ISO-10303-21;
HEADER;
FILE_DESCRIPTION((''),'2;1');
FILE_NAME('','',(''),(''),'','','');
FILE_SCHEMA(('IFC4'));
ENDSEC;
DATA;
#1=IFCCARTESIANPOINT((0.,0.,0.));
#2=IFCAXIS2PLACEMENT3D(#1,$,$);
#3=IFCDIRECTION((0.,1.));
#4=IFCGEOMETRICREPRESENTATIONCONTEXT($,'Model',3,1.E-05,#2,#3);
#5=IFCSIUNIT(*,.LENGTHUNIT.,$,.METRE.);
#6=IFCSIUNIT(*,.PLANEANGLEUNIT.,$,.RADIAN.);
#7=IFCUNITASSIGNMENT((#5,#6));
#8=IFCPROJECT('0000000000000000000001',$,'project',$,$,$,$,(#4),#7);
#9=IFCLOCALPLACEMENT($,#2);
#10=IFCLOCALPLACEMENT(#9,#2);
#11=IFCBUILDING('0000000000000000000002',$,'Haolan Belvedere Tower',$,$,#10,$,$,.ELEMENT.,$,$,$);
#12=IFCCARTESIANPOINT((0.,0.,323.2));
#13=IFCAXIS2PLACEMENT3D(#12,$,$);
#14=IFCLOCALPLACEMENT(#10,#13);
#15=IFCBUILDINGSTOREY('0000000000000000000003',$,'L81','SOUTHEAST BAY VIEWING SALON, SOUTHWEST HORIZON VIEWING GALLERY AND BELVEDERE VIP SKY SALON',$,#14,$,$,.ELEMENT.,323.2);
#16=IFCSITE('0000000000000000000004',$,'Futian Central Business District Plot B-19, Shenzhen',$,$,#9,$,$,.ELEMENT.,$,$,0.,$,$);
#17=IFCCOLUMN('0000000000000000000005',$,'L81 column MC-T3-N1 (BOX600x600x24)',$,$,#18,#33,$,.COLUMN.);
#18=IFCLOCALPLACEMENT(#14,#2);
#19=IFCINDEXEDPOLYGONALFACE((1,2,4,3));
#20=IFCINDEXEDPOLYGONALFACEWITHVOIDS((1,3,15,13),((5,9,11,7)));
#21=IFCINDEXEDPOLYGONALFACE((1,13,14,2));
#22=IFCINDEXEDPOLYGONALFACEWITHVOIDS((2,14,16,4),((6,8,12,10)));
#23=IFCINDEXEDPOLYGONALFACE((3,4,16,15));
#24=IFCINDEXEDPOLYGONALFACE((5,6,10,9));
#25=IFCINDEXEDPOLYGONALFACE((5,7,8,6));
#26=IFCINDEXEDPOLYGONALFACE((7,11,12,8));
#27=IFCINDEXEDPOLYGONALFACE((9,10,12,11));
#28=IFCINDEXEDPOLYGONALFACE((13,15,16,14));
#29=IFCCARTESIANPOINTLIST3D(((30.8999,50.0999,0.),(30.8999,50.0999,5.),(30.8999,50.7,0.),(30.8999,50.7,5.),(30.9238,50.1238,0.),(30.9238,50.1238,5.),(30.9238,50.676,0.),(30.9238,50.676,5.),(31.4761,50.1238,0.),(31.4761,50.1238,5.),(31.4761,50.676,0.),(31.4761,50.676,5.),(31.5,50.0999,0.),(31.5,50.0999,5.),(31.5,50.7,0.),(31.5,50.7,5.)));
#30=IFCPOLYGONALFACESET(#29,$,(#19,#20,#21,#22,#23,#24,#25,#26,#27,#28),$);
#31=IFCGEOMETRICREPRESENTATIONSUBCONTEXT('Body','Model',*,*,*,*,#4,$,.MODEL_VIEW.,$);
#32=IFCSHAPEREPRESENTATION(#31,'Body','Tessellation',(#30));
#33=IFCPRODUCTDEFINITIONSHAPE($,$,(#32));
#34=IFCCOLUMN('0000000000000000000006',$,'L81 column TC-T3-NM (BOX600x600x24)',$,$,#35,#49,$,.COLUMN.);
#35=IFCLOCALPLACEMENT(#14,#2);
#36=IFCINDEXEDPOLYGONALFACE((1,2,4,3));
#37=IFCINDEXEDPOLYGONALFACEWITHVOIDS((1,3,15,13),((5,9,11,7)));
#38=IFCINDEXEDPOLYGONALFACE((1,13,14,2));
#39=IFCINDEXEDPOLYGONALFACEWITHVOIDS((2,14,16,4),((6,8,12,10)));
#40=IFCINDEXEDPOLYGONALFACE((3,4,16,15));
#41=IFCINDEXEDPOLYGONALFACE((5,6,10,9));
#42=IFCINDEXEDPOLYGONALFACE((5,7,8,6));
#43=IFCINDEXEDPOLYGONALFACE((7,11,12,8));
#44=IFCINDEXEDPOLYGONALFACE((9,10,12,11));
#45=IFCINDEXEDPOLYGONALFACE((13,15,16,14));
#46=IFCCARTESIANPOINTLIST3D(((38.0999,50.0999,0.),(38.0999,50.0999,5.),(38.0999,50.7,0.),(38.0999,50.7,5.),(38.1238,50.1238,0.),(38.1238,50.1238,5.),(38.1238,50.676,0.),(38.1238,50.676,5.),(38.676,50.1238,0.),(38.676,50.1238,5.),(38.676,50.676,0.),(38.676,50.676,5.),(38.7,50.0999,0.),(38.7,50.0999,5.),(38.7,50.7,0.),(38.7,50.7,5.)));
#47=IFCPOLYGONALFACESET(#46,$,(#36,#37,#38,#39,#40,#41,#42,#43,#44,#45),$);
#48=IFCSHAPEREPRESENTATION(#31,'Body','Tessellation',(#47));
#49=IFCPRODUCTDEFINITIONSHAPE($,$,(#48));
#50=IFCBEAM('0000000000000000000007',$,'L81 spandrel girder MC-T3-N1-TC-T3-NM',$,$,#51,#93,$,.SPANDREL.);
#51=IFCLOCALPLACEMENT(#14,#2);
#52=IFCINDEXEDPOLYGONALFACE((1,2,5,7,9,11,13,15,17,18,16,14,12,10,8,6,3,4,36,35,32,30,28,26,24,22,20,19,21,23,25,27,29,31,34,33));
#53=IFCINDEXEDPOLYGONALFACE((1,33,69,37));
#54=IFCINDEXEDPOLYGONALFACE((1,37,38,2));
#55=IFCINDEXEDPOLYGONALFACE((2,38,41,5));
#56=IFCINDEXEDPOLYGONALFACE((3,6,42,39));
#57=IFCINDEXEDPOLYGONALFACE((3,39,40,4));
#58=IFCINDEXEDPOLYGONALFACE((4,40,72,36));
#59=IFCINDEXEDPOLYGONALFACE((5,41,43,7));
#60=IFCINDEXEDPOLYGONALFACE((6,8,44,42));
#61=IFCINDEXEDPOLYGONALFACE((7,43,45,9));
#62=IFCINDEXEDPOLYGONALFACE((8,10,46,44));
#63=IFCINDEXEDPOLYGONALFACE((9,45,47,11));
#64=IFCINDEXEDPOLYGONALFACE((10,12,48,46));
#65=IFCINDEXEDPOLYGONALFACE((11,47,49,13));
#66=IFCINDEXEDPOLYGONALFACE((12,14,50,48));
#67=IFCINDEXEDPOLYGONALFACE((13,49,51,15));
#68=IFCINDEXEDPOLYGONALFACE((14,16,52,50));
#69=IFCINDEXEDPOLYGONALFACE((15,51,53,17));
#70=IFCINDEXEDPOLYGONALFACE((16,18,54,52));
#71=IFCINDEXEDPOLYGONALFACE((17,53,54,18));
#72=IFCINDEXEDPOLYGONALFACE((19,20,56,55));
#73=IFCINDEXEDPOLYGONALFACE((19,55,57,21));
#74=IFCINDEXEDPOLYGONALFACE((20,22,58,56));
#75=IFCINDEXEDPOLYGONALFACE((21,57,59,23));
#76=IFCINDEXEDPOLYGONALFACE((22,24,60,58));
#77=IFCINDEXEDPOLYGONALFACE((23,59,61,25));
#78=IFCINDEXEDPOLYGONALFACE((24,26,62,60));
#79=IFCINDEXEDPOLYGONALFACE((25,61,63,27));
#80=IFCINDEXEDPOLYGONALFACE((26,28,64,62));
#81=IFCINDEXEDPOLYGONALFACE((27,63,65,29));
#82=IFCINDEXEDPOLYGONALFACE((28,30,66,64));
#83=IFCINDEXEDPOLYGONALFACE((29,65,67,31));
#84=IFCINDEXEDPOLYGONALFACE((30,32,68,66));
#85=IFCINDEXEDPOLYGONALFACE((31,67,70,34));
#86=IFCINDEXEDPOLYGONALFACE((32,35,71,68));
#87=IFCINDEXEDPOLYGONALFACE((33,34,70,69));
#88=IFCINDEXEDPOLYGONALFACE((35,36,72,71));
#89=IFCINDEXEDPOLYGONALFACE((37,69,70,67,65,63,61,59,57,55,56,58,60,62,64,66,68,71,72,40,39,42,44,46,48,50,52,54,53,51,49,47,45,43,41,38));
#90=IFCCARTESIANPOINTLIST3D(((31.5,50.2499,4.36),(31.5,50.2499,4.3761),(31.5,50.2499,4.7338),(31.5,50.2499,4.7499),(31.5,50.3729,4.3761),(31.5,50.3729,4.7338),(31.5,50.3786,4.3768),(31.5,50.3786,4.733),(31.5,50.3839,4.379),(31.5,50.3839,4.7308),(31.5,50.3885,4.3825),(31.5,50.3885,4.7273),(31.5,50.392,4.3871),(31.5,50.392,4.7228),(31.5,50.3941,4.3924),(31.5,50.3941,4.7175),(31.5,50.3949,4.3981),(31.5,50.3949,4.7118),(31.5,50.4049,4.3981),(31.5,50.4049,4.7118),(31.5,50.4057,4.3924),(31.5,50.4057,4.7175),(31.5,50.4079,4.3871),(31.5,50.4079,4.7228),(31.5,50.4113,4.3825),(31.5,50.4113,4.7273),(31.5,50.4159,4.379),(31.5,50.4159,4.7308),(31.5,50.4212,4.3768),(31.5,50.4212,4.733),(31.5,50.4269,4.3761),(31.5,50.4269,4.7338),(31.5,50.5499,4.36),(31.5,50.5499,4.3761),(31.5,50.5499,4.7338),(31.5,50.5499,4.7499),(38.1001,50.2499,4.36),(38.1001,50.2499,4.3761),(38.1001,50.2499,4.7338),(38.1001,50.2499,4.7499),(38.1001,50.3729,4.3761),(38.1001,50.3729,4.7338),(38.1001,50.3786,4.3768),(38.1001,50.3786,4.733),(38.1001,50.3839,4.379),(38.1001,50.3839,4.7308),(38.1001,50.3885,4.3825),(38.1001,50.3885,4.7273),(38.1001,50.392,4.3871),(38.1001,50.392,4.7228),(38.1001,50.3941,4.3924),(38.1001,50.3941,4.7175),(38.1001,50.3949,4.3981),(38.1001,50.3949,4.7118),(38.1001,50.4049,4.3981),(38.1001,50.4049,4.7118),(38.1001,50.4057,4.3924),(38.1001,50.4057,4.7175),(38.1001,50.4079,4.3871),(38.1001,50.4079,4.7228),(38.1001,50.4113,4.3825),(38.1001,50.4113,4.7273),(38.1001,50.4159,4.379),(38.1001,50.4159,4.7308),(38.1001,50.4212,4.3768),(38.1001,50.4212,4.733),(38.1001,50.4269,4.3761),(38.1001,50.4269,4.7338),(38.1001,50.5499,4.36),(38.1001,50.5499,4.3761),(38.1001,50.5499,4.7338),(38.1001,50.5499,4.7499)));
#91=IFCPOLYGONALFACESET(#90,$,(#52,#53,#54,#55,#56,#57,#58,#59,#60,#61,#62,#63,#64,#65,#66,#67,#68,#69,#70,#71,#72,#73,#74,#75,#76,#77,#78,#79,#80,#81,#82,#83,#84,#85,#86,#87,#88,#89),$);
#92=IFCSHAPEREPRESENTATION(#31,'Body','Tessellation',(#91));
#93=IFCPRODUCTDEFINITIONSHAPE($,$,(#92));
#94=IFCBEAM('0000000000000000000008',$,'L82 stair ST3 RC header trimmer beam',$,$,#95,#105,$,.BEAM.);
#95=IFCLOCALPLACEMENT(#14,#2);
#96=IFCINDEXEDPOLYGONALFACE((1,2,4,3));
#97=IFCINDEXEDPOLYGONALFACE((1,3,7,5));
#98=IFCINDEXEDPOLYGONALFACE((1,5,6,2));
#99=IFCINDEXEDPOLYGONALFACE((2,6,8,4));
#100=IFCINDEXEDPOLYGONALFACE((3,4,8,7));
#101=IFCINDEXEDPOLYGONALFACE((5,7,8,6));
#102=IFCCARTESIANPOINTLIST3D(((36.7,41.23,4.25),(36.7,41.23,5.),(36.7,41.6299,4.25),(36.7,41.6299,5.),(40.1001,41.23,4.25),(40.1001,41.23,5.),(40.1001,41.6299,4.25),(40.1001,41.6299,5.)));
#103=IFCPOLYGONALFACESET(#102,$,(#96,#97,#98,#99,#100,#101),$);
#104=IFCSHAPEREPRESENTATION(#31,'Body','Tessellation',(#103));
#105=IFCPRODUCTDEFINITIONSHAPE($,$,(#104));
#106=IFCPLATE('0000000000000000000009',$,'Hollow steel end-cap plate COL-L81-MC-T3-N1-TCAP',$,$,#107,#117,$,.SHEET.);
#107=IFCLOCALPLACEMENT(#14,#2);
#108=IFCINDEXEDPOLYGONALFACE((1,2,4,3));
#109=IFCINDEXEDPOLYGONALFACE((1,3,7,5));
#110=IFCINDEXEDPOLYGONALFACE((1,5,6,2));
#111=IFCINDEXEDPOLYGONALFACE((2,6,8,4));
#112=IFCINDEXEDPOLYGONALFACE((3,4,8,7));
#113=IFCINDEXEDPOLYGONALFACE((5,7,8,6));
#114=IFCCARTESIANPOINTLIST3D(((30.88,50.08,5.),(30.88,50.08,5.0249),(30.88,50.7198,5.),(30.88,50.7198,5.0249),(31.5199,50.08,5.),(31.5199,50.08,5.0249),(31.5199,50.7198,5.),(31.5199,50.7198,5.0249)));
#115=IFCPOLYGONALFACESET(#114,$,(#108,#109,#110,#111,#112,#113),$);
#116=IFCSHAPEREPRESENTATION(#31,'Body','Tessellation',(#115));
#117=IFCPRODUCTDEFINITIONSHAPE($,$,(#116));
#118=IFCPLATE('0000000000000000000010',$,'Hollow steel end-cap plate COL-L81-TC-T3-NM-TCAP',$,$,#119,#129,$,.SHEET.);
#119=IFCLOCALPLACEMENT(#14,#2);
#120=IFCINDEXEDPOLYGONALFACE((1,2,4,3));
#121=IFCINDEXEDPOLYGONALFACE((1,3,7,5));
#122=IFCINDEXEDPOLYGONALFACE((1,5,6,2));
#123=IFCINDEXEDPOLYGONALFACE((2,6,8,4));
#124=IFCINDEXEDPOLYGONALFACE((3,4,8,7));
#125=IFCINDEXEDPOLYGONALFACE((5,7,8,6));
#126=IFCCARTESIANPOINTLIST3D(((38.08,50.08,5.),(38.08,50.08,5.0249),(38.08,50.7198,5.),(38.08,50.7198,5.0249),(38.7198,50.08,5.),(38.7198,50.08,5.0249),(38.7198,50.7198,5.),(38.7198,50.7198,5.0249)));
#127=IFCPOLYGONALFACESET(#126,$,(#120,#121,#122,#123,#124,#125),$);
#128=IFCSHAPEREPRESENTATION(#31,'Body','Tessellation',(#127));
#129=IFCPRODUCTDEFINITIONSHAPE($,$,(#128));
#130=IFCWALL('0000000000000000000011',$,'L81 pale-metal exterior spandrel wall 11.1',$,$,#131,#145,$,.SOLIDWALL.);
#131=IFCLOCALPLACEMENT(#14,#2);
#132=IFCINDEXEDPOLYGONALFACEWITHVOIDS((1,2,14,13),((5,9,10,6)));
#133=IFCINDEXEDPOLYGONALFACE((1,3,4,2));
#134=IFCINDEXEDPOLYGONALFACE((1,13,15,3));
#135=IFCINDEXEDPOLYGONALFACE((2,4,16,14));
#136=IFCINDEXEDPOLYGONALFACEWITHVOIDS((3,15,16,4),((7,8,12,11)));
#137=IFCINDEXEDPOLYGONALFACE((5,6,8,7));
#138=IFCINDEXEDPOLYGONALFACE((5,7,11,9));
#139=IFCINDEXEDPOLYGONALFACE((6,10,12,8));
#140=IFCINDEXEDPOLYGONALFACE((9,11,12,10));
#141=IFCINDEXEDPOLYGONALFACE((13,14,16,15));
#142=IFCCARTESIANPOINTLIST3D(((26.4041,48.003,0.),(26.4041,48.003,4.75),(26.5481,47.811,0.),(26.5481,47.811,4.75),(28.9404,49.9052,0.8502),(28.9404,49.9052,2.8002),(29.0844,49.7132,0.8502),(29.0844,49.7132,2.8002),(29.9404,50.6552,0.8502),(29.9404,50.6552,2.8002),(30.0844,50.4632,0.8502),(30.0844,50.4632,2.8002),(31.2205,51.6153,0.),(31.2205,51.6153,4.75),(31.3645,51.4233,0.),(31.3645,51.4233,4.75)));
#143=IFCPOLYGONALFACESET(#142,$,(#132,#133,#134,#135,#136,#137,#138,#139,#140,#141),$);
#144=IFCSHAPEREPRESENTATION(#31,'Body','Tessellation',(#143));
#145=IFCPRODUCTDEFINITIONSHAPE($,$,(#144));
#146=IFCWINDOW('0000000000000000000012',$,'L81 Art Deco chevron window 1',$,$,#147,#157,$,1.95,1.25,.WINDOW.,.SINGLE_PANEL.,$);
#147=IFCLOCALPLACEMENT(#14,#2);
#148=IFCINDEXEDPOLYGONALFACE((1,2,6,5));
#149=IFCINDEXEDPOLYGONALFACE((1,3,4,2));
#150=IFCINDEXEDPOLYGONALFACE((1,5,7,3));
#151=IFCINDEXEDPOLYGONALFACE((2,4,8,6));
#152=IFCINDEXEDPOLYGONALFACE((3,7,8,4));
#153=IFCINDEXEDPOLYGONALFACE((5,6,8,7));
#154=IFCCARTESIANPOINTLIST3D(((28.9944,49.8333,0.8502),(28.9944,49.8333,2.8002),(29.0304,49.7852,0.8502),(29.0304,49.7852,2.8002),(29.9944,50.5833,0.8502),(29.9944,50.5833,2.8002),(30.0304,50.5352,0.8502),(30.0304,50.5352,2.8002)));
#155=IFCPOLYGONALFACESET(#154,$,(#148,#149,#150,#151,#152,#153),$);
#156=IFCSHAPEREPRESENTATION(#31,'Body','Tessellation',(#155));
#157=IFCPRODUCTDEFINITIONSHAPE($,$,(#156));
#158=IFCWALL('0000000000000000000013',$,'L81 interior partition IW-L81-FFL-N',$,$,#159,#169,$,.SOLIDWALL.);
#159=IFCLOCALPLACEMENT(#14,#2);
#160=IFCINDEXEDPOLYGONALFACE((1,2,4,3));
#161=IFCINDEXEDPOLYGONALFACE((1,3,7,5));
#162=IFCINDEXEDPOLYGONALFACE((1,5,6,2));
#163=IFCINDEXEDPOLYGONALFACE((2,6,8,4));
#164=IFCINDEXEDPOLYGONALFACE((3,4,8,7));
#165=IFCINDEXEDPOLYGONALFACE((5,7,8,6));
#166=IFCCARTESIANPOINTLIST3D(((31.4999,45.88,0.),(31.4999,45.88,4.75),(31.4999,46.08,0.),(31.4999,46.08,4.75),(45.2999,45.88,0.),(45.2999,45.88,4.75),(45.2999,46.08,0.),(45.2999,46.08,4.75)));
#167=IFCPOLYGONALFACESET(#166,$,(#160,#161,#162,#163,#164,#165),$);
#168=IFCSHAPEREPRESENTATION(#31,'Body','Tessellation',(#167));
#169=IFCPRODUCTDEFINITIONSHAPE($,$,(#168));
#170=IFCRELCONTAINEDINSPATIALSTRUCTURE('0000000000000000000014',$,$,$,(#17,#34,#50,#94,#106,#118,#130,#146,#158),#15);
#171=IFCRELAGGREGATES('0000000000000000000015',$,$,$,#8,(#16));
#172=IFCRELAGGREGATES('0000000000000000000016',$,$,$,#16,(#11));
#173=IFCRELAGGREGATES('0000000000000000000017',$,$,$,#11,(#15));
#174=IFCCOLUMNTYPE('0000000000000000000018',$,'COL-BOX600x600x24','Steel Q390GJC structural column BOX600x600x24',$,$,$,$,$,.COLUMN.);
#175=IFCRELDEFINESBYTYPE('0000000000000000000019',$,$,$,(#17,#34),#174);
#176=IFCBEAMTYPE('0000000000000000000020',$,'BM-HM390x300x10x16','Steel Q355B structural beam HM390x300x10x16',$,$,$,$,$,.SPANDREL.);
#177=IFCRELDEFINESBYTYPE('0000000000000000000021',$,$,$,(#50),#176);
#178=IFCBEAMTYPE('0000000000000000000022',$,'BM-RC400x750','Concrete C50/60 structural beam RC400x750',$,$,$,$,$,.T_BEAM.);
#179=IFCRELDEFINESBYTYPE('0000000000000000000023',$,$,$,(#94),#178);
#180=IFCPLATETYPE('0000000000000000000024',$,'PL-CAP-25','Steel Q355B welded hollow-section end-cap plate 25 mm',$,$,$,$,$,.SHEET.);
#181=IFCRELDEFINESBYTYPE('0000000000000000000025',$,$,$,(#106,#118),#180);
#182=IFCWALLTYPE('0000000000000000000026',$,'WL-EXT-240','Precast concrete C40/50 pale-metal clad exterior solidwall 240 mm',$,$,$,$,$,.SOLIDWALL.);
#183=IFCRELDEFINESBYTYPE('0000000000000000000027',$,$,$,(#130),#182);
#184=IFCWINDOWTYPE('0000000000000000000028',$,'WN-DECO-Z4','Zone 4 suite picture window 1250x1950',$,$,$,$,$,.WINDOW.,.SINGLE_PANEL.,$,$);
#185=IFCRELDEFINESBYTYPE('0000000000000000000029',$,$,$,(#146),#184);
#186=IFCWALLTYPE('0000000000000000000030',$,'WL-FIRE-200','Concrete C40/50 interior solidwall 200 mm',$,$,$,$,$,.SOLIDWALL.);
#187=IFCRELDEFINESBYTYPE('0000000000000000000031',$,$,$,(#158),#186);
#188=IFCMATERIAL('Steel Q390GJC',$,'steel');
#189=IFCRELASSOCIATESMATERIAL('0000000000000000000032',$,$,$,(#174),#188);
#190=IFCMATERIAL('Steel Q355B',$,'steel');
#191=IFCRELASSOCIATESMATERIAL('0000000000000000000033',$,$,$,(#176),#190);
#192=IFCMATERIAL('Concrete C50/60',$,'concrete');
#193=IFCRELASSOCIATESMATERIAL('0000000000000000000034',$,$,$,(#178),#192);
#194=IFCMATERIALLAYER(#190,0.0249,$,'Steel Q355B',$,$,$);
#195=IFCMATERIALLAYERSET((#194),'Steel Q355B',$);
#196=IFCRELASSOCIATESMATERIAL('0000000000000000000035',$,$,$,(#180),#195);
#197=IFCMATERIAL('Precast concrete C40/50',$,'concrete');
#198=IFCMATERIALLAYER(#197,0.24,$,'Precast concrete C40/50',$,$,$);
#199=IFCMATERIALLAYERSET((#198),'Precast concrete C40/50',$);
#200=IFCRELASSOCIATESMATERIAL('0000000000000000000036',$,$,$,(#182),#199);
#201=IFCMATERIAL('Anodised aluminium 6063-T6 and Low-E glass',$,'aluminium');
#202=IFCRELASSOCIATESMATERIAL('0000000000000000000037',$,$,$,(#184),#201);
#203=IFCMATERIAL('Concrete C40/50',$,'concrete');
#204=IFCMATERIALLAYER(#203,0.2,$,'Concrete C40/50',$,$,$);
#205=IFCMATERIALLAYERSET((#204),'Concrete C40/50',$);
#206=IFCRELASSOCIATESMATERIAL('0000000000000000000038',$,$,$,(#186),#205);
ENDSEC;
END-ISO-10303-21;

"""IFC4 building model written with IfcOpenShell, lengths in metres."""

from ifc_helpers import new_model, si_unit, direction, frame, frame_2d, origin, origin_2d, place, context, subcontext, project, spatial, rectangle, hollow_rectangle, i_section, extrude, material, layer, layer_set, material_profile, profile_set, type_object, element, fill, save


model = new_model("IFC4")

# Units and contexts
model_context = context("Model", 3, precision=1e-05, world=origin(), true_north=direction((0.0, 1.0)))
body_context = subcontext(model_context, "Body", "Model", "MODEL_VIEW")
ifc_project = project(units=[si_unit("LENGTHUNIT", "METRE"), si_unit("PLANEANGLEUNIT", "RADIAN")], contexts=[model_context])

# Site, building, storey
site_placement = place(None, origin())
site = spatial("IfcSite", under=ifc_project, at=site_placement, Name="Futian Central Business District Plot B-19, Shenzhen", CompositionType="ELEMENT", RefElevation=0.0)
building_placement = place(site_placement, origin())
building = spatial("IfcBuilding", under=site, at=building_placement, Name="Haolan Belvedere Tower", CompositionType="ELEMENT")
storey_placement = place(building_placement, frame((0.0, 0.0, 323.2)))
storey = spatial("IfcBuildingStorey", under=building, at=storey_placement, Name="L81", Description="SOUTHEAST BAY VIEWING SALON, SOUTHWEST HORIZON VIEWING GALLERY AND BELVEDERE VIP SKY SALON", CompositionType="ELEMENT", Elevation=323.2)

# Columns
ifc_material_1 = material(Name="Steel Q390GJC", Category="steel")
ifc_material_profile_1 = material_profile(ifc_material_1, hollow_rectangle(XDim=0.6001, YDim=0.6001, WallThickness=0.0239, at=origin_2d()), Name="Steel Q390GJC")
ifc_profile_set_1 = profile_set([ifc_material_profile_1], Name="Steel Q390GJC")
column_type = type_object("IfcColumnType", Name="COL-BOX600x600x24", Description="Steel Q390GJC structural column BOX600x600x24", PredefinedType="COLUMN", material=ifc_profile_set_1)
for number, where, z_axis, x_axis, name in (
    (1, (31.2, 50.3999, 0.0), (0.0, 0.0, 1.0), (1.0, 0.0, 0.0), "L81 column MC-T3-N1 (BOX600x600x24)"),
    (2, (38.3999, 50.3999, 0.0), (0.0, 0.0, 1.0), (1.0, 0.0, 0.0), "L81 column TC-T3-NM (BOX600x600x24)"),
):
    element("IfcColumn", number, at=place(storey_placement, frame(where, z_axis=z_axis, x_axis=x_axis)), inside=storey, type_object=column_type, Name=name, PredefinedType="COLUMN", context=body_context, shape_type="SweptSolid", body=[
        extrude(hollow_rectangle(XDim=0.6001, YDim=0.6001, WallThickness=0.0239, at=origin_2d()), origin(), (0.0, 0.0, 1.0), 5.0),
    ])

# Beams
ifc_material_2 = material(Name="Steel Q355B", Category="steel")
ifc_material_profile_2 = material_profile(ifc_material_2, i_section(OverallWidth=0.3, OverallDepth=0.3899, WebThickness=0.01, FlangeThickness=0.0161, FilletRadius=0.022, at=origin_2d()), Name="Steel Q355B")
ifc_profile_set_2 = profile_set([ifc_material_profile_2], Name="Steel Q355B")
beam_type_1 = type_object("IfcBeamType", Name="BM-HM390x300x10x16", Description="Steel Q355B structural beam HM390x300x10x16", PredefinedType="SPANDREL", material=ifc_profile_set_2)
beam_1_placement = place(storey_placement, frame((31.5, 50.3999, 4.5549), z_axis=(1.0, 0.0, 0.0), x_axis=(0.0, 1.0, 0.0)))
element("IfcBeam", 3, at=beam_1_placement, inside=storey, type_object=beam_type_1, Name="L81 spandrel girder MC-T3-N1-TC-T3-NM", PredefinedType="SPANDREL", context=body_context, shape_type="SweptSolid", body=[
    extrude(i_section(OverallWidth=0.3, OverallDepth=0.3899, WebThickness=0.01, FlangeThickness=0.0161, FilletRadius=0.022, at=origin_2d()), origin(), (0.0, 0.0, 1.0), 6.6001),
])
ifc_material_3 = material(Name="Concrete C50/60", Category="concrete")
ifc_material_profile_3 = material_profile(ifc_material_3, rectangle(XDim=0.3999, YDim=0.75, at=origin_2d()), Name="Concrete C50/60")
ifc_profile_set_3 = profile_set([ifc_material_profile_3], Name="Concrete C50/60")
beam_type_2 = type_object("IfcBeamType", Name="BM-RC400x750", Description="Concrete C50/60 structural beam RC400x750", PredefinedType="T_BEAM", material=ifc_profile_set_3)
beam_2_placement = place(storey_placement, frame((36.7, 41.4299, 4.625), z_axis=(1.0, 0.0, 0.0), x_axis=(0.0, 1.0, 0.0)))
element("IfcBeam", 4, at=beam_2_placement, inside=storey, type_object=beam_type_2, Name="L82 stair ST3 RC header trimmer beam", PredefinedType="BEAM", context=body_context, shape_type="SweptSolid", body=[
    extrude(rectangle(XDim=0.3999, YDim=0.75, at=origin_2d()), origin(), (0.0, 0.0, 1.0), 3.4001),
])

# Plates
ifc_layer_1 = layer(ifc_material_2, 0.0249, Name="Steel Q355B")
ifc_layer_set_1 = layer_set([ifc_layer_1], Name="Steel Q355B")
plate_type = type_object("IfcPlateType", Name="PL-CAP-25", Description="Steel Q355B welded hollow-section end-cap plate 25 mm", PredefinedType="SHEET", material=ifc_layer_set_1)
for number, where, z_axis, x_axis, name in (
    (5, (31.2, 50.3999, 5.0), (0.0, 0.0, 1.0), (1.0, 0.0, 0.0), "Hollow steel end-cap plate COL-L81-MC-T3-N1-TCAP"),
    (6, (38.3999, 50.3999, 5.0), (0.0, 0.0, 1.0), (1.0, 0.0, 0.0), "Hollow steel end-cap plate COL-L81-TC-T3-NM-TCAP"),
):
    element("IfcPlate", number, at=place(storey_placement, frame(where, z_axis=z_axis, x_axis=x_axis)), inside=storey, type_object=plate_type, Name=name, PredefinedType="SHEET", context=body_context, shape_type="SweptSolid", body=[
        extrude(rectangle(XDim=0.6399, YDim=0.6399, at=origin_2d()), origin(), (0.0, 0.0, 1.0), 0.0249),
    ])

# Wall, opening, window
ifc_material_4 = material(Name="Precast concrete C40/50", Category="concrete")
ifc_layer_2 = layer(ifc_material_4, 0.24, Name="Precast concrete C40/50")
ifc_layer_set_2 = layer_set([ifc_layer_2], Name="Precast concrete C40/50")
wall_type_1 = type_object("IfcWallType", Name="WL-EXT-240", Description="Precast concrete C40/50 pale-metal clad exterior solidwall 240 mm", PredefinedType="SOLIDWALL", material=ifc_layer_set_2)
wall_1_placement = place(storey_placement, frame((31.2925, 51.5193, 0.0), z_axis=(0.0, 0.0, 1.0), x_axis=(-0.8, -0.6, 0.0)))
wall_1 = element("IfcWall", 7, at=wall_1_placement, inside=storey, type_object=wall_type_1, Name="L81 pale-metal exterior spandrel wall 11.1", PredefinedType="SOLIDWALL", context=body_context, shape_type="SweptSolid", body=[
    extrude(rectangle(XDim=6.0205, YDim=0.24, at=frame_2d((3.0103, 0.0))), origin(), (0.0, 0.0, 1.0), 4.75),
])
opening_1_placement = place(wall_1_placement, frame((1.6001, 0.0, 0.8501)))
opening_1 = element("IfcOpeningElement", 8, at=opening_1_placement, cuts=wall_1, PredefinedType="OPENING", context=body_context, shape_type="SweptSolid", body=[
    extrude(rectangle(XDim=1.25, YDim=1.95, at=frame_2d((0.625, 0.9751))), frame((0.0, 0.1299, 0.0), z_axis=(0.0, -1.0, 0.0), x_axis=(1.0, 0.0, 0.0)), (0.0, 0.0, 1.0), 0.26),
])
ifc_material_5 = material(Name="Anodised aluminium 6063-T6 and Low-E glass", Category="aluminium")
window_type = type_object("IfcWindowType", Name="WN-DECO-Z4", Description="Zone 4 suite picture window 1250x1950", PartitioningType="SINGLE_PANEL", PredefinedType="WINDOW", material=ifc_material_5)
window_placement = place(opening_1_placement, origin())
window = element("IfcWindow", 9, at=window_placement, inside=storey, type_object=window_type, Name="L81 Art Deco chevron window 1", OverallHeight=1.95, OverallWidth=1.25, PartitioningType="SINGLE_PANEL", PredefinedType="WINDOW", context=body_context, shape_type="SweptSolid", body=[
    extrude(rectangle(XDim=1.25, YDim=1.95, at=frame_2d((0.625, 0.9751))), frame((0.0, 0.03, 0.0), z_axis=(0.0, -1.0, 0.0), x_axis=(1.0, 0.0, 0.0)), (0.0, 0.0, 1.0), 0.0601),
])
fill(opening_1, window)

# Wall
ifc_material_6 = material(Name="Concrete C40/50", Category="concrete")
ifc_layer_3 = layer(ifc_material_6, 0.2, Name="Concrete C40/50")
ifc_layer_set_3 = layer_set([ifc_layer_3], Name="Concrete C40/50")
wall_type_2 = type_object("IfcWallType", Name="WL-FIRE-200", Description="Concrete C40/50 interior solidwall 200 mm", PredefinedType="SOLIDWALL", material=ifc_layer_set_3)
wall_2_placement = place(storey_placement, frame((31.5, 45.98, 0.0), z_axis=(0.0, 0.0, 1.0), x_axis=(1.0, 0.0, 0.0)))
element("IfcWall", 10, at=wall_2_placement, inside=storey, type_object=wall_type_2, Name="L81 interior partition IW-L81-FFL-N", PredefinedType="SOLIDWALL", context=body_context, shape_type="SweptSolid", body=[
    extrude(rectangle(XDim=13.8, YDim=0.2, at=frame_2d((6.8999, 0.0))), origin(), (0.0, 0.0, 1.0), 4.75),
])

save(model, "model.ifc")
